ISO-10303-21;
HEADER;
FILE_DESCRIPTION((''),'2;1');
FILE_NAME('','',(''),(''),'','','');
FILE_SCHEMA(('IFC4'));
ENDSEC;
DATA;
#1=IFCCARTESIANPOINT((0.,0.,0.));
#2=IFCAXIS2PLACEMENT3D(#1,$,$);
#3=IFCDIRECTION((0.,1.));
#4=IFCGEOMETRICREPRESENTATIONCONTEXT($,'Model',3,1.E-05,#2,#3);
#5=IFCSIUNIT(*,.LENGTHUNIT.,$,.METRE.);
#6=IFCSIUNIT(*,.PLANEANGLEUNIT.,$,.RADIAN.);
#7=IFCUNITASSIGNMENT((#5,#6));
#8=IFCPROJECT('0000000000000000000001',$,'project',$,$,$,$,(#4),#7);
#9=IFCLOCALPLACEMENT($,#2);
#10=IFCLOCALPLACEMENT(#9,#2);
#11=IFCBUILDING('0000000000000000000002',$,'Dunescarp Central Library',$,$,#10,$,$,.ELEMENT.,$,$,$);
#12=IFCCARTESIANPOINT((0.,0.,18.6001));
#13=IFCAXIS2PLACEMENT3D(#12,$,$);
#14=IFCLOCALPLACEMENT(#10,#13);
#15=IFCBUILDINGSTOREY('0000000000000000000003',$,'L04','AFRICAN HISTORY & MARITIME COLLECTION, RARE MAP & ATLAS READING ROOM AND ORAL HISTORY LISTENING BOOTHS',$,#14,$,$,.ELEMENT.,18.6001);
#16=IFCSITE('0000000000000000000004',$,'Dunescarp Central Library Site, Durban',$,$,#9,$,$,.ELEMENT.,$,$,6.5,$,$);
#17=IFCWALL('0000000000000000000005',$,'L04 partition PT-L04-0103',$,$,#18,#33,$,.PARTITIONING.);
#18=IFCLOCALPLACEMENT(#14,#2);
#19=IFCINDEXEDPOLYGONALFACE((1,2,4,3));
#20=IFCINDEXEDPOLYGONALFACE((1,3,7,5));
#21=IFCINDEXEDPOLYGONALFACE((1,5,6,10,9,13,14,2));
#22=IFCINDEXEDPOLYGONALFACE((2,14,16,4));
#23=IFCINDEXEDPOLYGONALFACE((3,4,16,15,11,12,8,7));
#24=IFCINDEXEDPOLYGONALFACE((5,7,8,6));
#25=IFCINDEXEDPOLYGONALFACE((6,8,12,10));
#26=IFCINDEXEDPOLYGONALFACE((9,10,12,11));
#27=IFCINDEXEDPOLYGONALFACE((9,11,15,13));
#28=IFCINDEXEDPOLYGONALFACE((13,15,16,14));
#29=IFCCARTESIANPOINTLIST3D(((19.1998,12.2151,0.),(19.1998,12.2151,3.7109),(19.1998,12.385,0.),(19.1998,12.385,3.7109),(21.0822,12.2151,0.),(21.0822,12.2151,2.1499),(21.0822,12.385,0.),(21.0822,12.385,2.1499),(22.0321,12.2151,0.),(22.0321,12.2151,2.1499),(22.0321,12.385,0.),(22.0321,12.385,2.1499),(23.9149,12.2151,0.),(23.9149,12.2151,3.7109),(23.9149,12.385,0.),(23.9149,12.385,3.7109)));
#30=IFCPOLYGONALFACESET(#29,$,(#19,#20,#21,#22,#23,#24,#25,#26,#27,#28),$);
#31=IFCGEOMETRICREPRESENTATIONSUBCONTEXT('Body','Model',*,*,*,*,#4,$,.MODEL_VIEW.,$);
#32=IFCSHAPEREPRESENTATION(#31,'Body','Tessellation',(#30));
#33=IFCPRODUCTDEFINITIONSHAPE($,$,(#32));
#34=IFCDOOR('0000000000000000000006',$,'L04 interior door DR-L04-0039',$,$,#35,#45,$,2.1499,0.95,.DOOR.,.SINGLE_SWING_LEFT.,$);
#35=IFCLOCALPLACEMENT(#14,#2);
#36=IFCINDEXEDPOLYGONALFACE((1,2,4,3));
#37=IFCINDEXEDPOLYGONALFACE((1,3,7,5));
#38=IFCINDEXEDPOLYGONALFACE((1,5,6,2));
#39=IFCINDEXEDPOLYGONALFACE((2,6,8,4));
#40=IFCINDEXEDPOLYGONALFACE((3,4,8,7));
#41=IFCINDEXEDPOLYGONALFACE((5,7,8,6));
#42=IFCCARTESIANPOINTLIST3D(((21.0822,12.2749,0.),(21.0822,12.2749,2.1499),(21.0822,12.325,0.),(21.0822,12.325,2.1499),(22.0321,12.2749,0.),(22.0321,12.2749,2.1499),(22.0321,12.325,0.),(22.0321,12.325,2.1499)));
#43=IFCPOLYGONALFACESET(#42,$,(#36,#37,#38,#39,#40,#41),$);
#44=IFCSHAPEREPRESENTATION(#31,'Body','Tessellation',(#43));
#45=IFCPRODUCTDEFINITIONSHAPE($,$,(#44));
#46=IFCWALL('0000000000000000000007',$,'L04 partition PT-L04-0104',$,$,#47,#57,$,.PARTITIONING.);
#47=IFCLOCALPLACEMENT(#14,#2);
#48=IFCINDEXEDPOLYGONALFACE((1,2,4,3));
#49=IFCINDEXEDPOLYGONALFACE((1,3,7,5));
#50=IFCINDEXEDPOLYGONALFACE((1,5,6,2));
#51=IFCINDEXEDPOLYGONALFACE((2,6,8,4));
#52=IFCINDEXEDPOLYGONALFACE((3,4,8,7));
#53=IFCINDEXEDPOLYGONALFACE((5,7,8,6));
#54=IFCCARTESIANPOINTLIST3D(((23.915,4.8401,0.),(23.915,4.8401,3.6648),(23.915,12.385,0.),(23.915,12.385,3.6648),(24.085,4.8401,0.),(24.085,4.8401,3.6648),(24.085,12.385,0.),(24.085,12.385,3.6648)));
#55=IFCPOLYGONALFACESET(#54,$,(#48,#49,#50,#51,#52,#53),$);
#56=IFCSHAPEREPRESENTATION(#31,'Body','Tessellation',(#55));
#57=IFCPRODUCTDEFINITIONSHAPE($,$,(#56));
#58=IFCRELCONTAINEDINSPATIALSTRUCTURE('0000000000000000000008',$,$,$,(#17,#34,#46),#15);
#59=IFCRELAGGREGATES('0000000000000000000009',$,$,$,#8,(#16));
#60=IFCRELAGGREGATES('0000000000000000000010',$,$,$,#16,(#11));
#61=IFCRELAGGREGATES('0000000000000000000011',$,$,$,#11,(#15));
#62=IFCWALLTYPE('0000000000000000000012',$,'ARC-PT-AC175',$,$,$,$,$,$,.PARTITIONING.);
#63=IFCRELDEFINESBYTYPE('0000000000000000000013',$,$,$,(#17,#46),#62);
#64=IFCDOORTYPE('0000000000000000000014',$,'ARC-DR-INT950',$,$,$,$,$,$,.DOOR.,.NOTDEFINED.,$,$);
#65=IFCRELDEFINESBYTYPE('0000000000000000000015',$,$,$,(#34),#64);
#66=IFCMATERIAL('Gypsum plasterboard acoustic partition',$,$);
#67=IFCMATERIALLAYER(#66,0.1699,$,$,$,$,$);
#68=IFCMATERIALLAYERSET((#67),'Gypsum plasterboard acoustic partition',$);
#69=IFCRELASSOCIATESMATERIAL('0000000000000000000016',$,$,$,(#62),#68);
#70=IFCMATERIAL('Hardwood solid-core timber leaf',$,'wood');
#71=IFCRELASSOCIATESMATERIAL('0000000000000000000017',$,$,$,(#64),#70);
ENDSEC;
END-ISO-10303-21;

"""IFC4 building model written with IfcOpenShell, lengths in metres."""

from ifc_helpers import new_model, si_unit, direction, frame, frame_2d, origin, place, context, subcontext, project, spatial, rectangle, extrude, material, layer, layer_set, type_object, element, fill, save


model = new_model("IFC4")

# Units and contexts
model_context = context("Model", 3, precision=1e-05, world=origin(), true_north=direction((0.0, 1.0)))
body_context = subcontext(model_context, "Body", "Model", "MODEL_VIEW")
ifc_project = project(units=[si_unit("LENGTHUNIT", "METRE"), si_unit("PLANEANGLEUNIT", "RADIAN")], contexts=[model_context])

# Site, building, storey
site_placement = place(None, origin())
site = spatial("IfcSite", under=ifc_project, at=site_placement, Name="Dunescarp Central Library Site, Durban", CompositionType="ELEMENT", RefElevation=6.5)
building_placement = place(site_placement, origin())
building = spatial("IfcBuilding", under=site, at=building_placement, Name="Dunescarp Central Library", CompositionType="ELEMENT")
storey_placement = place(building_placement, frame((0.0, 0.0, 18.6001)))
storey = spatial("IfcBuildingStorey", under=building, at=storey_placement, Name="L04", Description="AFRICAN HISTORY & MARITIME COLLECTION, RARE MAP & ATLAS READING ROOM AND ORAL HISTORY LISTENING BOOTHS", CompositionType="ELEMENT", Elevation=18.6001)

# Shared definitions
ifc_material_1 = material(Name="Gypsum plasterboard acoustic partition")

# Wall, opening, door
ifc_layer_1 = layer(ifc_material_1, 0.1699)
ifc_layer_set_1 = layer_set([ifc_layer_1], Name="Gypsum plasterboard acoustic partition")
wall_type_1 = type_object("IfcWallType", Name="ARC-PT-AC175", PredefinedType="PARTITIONING", material=ifc_layer_set_1)
wall_1_placement = place(storey_placement, frame((19.2, 12.3, 0.0), z_axis=(0.0, 0.0, 1.0), x_axis=(1.0, 0.0, 0.0)))
wall_1 = element("IfcWall", 1, at=wall_1_placement, inside=storey, type_object=wall_type_1, Name="L04 partition PT-L04-0103", PredefinedType="PARTITIONING", context=body_context, shape_type="SweptSolid", body=[
    extrude(rectangle(XDim=4.7151, YDim=0.1699, at=frame_2d((2.3574, 0.0))), origin(), (0.0, 0.0, 1.0), 3.7109),
])
opening_placement = place(wall_1_placement, frame((1.8821, 0.0, 0.0)))
opening = element("IfcOpeningElement", 2, at=opening_placement, cuts=wall_1, PredefinedType="OPENING", context=body_context, shape_type="SweptSolid", body=[
    extrude(rectangle(XDim=0.95, YDim=2.1499, at=frame_2d((0.4751, 1.075))), frame((0.0, 0.095, 0.0), z_axis=(0.0, -1.0, 0.0), x_axis=(1.0, 0.0, 0.0)), (0.0, 0.0, 1.0), 0.1899),
])
ifc_material_2 = material(Name="Hardwood solid-core timber leaf", Category="wood")
door_type = type_object("IfcDoorType", Name="ARC-DR-INT950", OperationType="NOTDEFINED", PredefinedType="DOOR", material=ifc_material_2)
door_placement = place(opening_placement, origin())
door = element("IfcDoor", 3, at=door_placement, inside=storey, type_object=door_type, Name="L04 interior door DR-L04-0039", OperationType="SINGLE_SWING_LEFT", OverallHeight=2.1499, OverallWidth=0.95, PredefinedType="DOOR", context=body_context, shape_type="SweptSolid", body=[
    extrude(rectangle(XDim=0.95, YDim=2.1499, at=frame_2d((0.4751, 1.075))), frame((0.0, 0.0249, 0.0), z_axis=(0.0, -1.0, 0.0), x_axis=(1.0, 0.0, 0.0)), (0.0, 0.0, 1.0), 0.05),
])
fill(opening, door)

# Wall
wall_2_placement = place(storey_placement, frame((24.0, 4.8401, 0.0), z_axis=(0.0, 0.0, 1.0), x_axis=(0.0, 1.0, 0.0)))
element("IfcWall", 4, at=wall_2_placement, inside=storey, type_object=wall_type_1, Name="L04 partition PT-L04-0104", PredefinedType="PARTITIONING", context=body_context, shape_type="SweptSolid", body=[
    extrude(rectangle(XDim=7.5449, YDim=0.1699, at=frame_2d((3.7725, 0.0))), origin(), (0.0, 0.0, 1.0), 3.6648),
])

save(model, "model.ifc")
